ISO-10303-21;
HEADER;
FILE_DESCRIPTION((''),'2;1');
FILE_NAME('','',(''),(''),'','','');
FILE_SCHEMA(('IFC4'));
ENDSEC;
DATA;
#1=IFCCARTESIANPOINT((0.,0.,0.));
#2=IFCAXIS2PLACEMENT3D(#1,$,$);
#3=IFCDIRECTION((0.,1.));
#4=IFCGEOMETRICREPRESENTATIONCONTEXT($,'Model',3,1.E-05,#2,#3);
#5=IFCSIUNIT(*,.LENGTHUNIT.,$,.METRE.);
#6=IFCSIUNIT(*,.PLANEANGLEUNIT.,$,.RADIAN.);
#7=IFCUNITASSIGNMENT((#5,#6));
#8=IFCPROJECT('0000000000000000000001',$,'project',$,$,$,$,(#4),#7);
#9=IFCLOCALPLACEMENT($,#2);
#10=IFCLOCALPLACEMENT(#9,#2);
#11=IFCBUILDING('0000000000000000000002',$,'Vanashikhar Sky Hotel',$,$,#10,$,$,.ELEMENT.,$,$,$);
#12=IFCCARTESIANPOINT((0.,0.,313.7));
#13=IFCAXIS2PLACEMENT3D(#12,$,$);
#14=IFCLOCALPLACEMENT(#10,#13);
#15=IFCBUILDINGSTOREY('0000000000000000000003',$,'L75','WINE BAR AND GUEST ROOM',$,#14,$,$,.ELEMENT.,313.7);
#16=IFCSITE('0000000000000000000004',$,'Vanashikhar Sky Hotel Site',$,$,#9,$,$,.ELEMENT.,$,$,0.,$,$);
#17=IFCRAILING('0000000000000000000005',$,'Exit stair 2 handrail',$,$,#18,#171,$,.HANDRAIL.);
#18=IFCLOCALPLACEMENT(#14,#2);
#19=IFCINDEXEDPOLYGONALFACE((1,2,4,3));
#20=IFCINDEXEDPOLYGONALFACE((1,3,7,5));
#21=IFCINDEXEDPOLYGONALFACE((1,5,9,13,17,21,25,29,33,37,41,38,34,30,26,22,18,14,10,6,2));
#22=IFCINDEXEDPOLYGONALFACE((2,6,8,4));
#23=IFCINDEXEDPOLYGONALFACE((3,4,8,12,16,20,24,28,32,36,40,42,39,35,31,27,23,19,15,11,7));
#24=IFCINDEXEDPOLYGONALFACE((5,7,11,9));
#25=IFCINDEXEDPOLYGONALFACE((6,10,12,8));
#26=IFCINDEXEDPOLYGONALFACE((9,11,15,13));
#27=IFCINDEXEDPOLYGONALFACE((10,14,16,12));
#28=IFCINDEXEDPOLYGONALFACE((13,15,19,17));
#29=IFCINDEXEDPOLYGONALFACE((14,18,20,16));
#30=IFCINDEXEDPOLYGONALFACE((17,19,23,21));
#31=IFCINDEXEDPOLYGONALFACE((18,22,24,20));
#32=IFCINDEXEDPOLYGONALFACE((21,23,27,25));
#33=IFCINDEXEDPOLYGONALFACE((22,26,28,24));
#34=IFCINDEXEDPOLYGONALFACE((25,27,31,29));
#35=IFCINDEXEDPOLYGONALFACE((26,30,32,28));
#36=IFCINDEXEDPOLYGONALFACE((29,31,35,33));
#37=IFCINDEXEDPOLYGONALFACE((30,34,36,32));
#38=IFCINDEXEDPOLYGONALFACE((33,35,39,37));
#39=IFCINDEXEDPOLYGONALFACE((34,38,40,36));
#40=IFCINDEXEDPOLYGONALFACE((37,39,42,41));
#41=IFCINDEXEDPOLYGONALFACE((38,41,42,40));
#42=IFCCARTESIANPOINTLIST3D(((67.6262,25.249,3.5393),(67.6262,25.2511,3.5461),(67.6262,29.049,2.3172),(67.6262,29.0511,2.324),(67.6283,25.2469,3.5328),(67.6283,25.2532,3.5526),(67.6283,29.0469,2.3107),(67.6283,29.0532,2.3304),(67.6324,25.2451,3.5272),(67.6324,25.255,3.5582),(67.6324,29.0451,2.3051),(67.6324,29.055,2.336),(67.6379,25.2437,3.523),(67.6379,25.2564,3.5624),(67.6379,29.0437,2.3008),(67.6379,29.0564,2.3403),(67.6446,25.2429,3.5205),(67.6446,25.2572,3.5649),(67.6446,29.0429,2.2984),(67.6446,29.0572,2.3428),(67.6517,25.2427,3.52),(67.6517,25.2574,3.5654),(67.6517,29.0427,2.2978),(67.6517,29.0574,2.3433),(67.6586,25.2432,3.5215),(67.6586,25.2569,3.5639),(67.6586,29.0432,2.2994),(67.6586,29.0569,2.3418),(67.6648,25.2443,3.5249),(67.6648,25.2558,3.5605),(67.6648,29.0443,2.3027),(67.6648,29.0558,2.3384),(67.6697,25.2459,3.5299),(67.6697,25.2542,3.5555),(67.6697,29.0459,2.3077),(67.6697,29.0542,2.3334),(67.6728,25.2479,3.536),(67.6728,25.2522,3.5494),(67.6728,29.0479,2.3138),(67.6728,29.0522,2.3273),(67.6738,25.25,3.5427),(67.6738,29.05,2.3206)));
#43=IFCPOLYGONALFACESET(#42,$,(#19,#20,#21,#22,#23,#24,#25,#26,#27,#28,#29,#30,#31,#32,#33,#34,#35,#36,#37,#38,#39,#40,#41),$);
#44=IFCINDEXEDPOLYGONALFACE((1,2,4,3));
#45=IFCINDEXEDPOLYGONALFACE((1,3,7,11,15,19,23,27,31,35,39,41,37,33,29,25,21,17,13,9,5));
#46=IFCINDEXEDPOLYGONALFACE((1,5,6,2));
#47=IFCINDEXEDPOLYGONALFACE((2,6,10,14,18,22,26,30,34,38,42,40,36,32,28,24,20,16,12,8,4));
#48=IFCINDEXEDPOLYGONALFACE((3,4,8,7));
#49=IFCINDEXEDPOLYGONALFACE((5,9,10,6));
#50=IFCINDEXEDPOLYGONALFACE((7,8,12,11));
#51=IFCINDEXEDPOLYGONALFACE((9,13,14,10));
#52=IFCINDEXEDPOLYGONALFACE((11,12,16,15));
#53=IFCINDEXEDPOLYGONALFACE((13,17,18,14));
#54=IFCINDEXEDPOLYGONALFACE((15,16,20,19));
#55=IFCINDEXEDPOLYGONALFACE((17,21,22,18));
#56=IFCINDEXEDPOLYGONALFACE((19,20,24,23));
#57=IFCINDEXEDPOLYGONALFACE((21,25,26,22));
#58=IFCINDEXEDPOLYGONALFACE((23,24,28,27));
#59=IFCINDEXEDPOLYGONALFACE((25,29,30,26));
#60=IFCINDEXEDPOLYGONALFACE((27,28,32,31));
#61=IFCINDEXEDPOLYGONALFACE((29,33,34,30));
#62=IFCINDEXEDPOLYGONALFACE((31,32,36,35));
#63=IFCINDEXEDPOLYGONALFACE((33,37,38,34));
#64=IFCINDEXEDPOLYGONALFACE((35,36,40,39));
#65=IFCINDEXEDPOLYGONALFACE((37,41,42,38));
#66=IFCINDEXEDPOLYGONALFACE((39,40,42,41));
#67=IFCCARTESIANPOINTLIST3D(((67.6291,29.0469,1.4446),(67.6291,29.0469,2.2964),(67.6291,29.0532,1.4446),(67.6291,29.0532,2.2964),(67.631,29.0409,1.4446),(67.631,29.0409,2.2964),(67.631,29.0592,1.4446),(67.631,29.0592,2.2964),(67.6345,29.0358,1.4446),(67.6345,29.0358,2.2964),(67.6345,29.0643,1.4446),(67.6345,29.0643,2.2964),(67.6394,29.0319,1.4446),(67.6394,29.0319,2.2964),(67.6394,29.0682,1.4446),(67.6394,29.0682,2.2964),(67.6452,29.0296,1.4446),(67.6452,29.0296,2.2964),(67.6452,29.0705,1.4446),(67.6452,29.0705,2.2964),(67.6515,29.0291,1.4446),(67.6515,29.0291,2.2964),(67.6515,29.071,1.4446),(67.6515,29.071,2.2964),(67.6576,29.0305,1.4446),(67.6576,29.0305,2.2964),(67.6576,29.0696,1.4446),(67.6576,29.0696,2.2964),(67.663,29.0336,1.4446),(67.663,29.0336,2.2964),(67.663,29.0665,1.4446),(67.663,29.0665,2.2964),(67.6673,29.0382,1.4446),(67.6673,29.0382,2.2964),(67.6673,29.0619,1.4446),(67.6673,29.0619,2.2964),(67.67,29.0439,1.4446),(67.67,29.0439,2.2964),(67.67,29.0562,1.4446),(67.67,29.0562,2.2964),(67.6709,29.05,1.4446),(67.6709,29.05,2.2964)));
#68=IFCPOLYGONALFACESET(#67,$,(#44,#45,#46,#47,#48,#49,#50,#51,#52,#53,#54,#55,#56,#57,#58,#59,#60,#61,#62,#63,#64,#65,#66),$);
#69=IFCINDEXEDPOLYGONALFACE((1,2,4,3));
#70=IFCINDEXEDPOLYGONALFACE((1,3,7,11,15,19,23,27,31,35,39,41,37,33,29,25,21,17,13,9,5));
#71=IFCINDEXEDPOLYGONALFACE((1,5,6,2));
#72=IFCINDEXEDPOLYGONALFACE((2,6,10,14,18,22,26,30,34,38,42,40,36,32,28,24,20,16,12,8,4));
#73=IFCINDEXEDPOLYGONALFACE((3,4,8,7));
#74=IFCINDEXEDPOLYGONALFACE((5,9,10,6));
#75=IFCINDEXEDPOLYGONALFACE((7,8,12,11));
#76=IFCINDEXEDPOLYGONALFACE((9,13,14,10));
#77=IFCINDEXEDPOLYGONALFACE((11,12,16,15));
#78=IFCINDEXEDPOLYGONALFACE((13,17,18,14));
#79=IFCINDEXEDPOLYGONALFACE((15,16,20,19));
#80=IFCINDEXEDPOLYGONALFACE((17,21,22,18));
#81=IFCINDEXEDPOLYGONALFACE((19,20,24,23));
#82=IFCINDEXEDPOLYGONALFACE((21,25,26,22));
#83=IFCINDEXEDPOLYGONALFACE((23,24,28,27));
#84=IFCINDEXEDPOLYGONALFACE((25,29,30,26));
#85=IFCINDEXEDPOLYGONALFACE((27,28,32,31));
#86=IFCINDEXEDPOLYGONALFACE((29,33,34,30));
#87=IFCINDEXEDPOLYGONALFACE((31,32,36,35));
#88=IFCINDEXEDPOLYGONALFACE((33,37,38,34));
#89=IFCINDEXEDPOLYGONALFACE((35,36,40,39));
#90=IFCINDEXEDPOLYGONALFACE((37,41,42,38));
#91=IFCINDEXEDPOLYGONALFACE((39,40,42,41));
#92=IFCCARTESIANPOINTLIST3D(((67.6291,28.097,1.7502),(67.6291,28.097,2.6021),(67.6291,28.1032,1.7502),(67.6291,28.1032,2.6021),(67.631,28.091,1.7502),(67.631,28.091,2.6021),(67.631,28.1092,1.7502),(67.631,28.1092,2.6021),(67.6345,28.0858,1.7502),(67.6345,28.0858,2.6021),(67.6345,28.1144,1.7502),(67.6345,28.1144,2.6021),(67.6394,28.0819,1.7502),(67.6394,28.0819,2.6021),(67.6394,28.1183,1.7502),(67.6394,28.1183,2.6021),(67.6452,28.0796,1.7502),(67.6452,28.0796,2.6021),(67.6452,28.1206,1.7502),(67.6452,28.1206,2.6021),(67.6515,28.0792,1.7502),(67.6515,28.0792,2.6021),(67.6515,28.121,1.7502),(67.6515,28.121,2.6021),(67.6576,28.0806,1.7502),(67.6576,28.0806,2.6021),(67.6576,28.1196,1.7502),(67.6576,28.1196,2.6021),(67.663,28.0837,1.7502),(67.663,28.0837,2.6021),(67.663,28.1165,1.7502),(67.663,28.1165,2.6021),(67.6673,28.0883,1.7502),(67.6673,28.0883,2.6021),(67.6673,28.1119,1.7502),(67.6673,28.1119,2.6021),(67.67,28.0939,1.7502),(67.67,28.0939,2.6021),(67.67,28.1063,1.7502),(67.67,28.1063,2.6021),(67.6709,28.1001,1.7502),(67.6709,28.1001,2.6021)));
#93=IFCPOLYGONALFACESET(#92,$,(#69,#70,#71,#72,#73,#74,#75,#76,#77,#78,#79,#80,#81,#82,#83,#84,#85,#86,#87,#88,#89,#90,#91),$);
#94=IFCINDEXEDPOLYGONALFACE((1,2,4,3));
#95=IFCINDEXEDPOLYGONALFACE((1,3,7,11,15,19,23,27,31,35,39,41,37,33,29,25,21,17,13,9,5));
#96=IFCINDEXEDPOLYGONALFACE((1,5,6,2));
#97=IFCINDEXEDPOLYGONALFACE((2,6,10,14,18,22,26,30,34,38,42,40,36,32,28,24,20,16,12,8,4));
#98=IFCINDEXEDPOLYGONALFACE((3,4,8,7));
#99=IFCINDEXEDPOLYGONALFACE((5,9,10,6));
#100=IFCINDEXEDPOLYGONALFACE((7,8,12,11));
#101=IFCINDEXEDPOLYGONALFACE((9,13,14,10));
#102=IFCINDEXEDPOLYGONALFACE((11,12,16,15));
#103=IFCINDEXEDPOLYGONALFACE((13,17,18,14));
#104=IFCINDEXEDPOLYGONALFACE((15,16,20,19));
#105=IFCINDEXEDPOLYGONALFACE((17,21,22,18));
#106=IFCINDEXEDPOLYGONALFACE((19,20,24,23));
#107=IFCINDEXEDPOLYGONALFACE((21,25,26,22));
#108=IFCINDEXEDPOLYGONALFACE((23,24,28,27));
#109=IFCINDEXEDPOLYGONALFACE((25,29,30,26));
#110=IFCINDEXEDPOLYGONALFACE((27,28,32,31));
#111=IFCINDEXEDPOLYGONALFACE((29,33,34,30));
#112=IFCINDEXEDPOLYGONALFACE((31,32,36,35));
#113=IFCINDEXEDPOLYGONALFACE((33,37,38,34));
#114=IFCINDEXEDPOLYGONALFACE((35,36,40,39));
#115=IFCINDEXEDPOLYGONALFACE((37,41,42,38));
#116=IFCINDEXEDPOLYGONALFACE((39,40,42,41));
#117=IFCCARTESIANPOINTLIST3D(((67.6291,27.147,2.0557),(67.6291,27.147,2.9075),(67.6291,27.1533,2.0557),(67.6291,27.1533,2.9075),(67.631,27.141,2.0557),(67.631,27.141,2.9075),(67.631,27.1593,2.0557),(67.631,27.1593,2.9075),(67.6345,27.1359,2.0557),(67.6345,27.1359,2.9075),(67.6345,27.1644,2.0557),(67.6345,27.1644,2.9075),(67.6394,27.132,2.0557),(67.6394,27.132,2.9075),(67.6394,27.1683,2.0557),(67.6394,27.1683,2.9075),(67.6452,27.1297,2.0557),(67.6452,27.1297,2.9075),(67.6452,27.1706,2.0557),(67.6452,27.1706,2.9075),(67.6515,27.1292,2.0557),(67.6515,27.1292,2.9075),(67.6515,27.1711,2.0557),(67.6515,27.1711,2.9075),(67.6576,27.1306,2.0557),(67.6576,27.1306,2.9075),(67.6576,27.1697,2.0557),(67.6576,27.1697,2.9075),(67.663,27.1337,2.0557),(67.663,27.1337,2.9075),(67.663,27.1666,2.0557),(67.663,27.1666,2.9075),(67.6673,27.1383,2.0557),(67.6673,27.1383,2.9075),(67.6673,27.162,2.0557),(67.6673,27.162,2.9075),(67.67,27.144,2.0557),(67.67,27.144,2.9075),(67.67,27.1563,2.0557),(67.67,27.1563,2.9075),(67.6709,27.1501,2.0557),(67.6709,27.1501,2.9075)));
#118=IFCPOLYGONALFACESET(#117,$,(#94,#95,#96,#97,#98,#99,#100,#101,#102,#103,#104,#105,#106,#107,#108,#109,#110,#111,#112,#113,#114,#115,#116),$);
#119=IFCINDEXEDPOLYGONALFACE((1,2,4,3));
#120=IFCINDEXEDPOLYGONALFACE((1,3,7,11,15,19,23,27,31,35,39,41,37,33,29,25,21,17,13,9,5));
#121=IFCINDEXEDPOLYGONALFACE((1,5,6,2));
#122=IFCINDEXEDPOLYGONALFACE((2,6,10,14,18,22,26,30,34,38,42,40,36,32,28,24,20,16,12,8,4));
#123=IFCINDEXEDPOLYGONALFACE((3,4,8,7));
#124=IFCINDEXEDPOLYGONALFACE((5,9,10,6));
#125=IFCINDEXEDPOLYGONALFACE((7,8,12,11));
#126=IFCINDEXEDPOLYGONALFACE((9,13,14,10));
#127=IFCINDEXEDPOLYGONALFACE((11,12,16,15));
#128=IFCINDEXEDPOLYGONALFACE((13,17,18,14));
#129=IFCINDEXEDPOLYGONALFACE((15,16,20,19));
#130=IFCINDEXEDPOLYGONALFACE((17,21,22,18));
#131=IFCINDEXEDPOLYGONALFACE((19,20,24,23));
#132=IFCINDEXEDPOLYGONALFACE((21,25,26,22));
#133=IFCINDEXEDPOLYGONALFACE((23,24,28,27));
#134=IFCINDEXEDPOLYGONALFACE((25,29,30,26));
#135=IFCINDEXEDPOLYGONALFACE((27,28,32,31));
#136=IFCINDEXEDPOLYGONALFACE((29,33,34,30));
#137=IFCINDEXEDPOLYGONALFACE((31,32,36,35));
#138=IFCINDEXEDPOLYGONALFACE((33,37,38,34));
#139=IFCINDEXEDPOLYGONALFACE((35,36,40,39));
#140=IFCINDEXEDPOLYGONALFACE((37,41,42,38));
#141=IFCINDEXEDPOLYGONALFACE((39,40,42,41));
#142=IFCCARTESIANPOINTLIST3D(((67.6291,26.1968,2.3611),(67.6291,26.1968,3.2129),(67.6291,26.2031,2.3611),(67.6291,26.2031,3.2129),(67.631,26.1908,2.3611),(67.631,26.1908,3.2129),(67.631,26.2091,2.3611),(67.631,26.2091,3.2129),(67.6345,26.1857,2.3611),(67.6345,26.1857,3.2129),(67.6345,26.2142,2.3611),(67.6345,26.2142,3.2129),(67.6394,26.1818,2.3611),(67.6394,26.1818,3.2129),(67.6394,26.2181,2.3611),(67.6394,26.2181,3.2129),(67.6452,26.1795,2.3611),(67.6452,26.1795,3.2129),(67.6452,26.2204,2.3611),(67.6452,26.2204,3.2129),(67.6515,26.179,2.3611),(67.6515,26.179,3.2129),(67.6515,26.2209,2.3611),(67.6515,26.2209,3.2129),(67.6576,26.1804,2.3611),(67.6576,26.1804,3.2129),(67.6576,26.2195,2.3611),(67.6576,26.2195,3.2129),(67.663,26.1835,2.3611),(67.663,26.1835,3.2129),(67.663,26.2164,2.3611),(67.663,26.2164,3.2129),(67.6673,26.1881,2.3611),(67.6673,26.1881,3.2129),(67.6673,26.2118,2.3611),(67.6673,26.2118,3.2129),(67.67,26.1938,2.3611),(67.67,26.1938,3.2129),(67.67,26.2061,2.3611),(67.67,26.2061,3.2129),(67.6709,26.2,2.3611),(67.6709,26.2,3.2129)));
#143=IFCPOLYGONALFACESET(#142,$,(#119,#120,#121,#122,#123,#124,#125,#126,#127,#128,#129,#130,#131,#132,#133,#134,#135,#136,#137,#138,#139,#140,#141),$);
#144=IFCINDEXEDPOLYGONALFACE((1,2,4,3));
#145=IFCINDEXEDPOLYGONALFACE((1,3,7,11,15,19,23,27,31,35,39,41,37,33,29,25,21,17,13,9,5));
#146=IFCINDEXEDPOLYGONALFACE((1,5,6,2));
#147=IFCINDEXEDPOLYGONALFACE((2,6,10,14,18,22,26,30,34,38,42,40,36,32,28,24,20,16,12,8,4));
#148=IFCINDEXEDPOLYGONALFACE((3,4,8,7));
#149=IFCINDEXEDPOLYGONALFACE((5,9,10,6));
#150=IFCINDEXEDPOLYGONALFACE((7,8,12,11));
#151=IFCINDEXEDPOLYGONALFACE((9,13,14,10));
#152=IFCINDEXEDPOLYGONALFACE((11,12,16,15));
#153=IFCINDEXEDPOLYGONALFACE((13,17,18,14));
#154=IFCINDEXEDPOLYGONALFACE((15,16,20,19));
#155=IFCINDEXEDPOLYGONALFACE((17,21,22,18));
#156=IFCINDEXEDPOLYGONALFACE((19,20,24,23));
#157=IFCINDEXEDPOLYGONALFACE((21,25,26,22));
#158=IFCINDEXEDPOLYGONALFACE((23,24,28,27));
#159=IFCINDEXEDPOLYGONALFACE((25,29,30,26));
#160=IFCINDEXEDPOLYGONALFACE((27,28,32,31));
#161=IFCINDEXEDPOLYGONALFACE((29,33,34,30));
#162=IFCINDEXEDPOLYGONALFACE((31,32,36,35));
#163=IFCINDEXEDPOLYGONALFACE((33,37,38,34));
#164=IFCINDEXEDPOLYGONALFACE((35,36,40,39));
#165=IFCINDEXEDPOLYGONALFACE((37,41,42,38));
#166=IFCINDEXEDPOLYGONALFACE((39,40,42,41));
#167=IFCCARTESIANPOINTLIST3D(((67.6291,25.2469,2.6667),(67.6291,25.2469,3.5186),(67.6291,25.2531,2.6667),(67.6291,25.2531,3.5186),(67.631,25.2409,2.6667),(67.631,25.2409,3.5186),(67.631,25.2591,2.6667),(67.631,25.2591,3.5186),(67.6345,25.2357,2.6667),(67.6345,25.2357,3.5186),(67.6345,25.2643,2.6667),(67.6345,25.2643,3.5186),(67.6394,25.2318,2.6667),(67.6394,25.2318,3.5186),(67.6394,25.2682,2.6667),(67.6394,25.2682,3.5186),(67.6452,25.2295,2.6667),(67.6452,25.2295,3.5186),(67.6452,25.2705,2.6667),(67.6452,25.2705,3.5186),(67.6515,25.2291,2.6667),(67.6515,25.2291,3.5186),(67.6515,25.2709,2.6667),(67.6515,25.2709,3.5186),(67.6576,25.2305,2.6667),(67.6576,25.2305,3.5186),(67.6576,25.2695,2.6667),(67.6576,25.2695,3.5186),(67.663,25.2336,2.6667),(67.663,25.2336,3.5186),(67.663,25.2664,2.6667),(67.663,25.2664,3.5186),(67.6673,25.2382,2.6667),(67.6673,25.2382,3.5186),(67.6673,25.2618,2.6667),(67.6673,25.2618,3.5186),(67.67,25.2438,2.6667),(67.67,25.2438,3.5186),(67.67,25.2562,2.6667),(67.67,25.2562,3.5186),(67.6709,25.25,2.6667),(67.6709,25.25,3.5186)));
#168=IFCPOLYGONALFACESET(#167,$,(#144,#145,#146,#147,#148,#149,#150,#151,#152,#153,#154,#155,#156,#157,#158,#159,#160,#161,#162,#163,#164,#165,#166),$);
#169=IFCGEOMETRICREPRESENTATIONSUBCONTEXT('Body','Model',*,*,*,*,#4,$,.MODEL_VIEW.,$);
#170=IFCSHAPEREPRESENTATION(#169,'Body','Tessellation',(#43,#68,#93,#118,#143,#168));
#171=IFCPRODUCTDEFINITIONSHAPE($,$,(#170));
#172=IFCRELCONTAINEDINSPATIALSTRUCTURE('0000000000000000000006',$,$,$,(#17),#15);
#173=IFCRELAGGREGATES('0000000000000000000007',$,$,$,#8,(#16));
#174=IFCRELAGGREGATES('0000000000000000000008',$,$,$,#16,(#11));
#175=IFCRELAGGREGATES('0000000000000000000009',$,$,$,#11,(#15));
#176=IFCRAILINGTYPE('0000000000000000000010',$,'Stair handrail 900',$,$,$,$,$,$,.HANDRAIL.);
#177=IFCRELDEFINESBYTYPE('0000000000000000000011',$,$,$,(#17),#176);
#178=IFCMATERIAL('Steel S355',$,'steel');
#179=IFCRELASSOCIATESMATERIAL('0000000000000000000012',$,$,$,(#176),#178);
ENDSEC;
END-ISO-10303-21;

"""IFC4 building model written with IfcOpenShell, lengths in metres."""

from ifc_helpers import new_model, si_unit, direction, frame, origin, origin_2d, place, context, subcontext, project, spatial, circle, extrude, source, transform, mapped, material, type_object, element, save


model = new_model("IFC4")

# Units and contexts
model_context = context("Model", 3, precision=1e-05, world=origin(), true_north=direction((0.0, 1.0)))
body_context = subcontext(model_context, "Body", "Model", "MODEL_VIEW")
ifc_project = project(units=[si_unit("LENGTHUNIT", "METRE"), si_unit("PLANEANGLEUNIT", "RADIAN")], contexts=[model_context])

# Site, building, storey
site_placement = place(None, origin())
site = spatial("IfcSite", under=ifc_project, at=site_placement, Name="Vanashikhar Sky Hotel Site", CompositionType="ELEMENT", RefElevation=0.0)
building_placement = place(site_placement, origin())
building = spatial("IfcBuilding", under=site, at=building_placement, Name="Vanashikhar Sky Hotel", CompositionType="ELEMENT")
storey_placement = place(building_placement, frame((0.0, 0.0, 313.7)))
storey = spatial("IfcBuildingStorey", under=building, at=storey_placement, Name="L75", Description="WINE BAR AND GUEST ROOM", CompositionType="ELEMENT", Elevation=313.7)

# Railing
ifc_material_1 = material(Name="Steel S355", Category="steel")
railing_type_1 = type_object("IfcRailingType", Name="Stair handrail 900", PredefinedType="HANDRAIL", material=ifc_material_1)
shared_shape_1 = source(origin(), body_context, "Body", "SweptSolid", [
    extrude(circle(Radius=0.0239, at=origin_2d()), frame((0.0, 0.0, 0.876), z_axis=(0.0, -0.951976, 0.306173), x_axis=(1.0, 0.0, 0.0)), (0.0, 0.0, 1.0), 3.9917),
    extrude(circle(Radius=0.021, at=origin_2d()), origin(), (0.0, 0.0, 1.0), 0.8518),
    extrude(circle(Radius=0.021, at=origin_2d()), frame((0.0, -0.95, 0.3057)), (0.0, 0.0, 1.0), 0.8518),
    extrude(circle(Radius=0.021, at=origin_2d()), frame((0.0, -1.8999, 0.6111)), (0.0, 0.0, 1.0), 0.8518),
    extrude(circle(Radius=0.021, at=origin_2d()), frame((0.0, -2.8501, 0.9165)), (0.0, 0.0, 1.0), 0.8518),
    extrude(circle(Radius=0.021, at=origin_2d()), frame((0.0, -3.8, 1.2222)), (0.0, 0.0, 1.0), 0.8518),
])
for number, where, name in (
    (1, (67.6499, 29.05, 1.4446), "Exit stair 2 handrail"),
):
    element("IfcRailing", number, at=place(storey_placement, frame(where)), inside=storey, type_object=railing_type_1, Name=name, PredefinedType="HANDRAIL", context=body_context, shape_type="MappedRepresentation", body=[
        mapped(shared_shape_1, transform((0.0, 0.0, 0.0), scale=1.0)),
    ])

save(model, "model.ifc")
